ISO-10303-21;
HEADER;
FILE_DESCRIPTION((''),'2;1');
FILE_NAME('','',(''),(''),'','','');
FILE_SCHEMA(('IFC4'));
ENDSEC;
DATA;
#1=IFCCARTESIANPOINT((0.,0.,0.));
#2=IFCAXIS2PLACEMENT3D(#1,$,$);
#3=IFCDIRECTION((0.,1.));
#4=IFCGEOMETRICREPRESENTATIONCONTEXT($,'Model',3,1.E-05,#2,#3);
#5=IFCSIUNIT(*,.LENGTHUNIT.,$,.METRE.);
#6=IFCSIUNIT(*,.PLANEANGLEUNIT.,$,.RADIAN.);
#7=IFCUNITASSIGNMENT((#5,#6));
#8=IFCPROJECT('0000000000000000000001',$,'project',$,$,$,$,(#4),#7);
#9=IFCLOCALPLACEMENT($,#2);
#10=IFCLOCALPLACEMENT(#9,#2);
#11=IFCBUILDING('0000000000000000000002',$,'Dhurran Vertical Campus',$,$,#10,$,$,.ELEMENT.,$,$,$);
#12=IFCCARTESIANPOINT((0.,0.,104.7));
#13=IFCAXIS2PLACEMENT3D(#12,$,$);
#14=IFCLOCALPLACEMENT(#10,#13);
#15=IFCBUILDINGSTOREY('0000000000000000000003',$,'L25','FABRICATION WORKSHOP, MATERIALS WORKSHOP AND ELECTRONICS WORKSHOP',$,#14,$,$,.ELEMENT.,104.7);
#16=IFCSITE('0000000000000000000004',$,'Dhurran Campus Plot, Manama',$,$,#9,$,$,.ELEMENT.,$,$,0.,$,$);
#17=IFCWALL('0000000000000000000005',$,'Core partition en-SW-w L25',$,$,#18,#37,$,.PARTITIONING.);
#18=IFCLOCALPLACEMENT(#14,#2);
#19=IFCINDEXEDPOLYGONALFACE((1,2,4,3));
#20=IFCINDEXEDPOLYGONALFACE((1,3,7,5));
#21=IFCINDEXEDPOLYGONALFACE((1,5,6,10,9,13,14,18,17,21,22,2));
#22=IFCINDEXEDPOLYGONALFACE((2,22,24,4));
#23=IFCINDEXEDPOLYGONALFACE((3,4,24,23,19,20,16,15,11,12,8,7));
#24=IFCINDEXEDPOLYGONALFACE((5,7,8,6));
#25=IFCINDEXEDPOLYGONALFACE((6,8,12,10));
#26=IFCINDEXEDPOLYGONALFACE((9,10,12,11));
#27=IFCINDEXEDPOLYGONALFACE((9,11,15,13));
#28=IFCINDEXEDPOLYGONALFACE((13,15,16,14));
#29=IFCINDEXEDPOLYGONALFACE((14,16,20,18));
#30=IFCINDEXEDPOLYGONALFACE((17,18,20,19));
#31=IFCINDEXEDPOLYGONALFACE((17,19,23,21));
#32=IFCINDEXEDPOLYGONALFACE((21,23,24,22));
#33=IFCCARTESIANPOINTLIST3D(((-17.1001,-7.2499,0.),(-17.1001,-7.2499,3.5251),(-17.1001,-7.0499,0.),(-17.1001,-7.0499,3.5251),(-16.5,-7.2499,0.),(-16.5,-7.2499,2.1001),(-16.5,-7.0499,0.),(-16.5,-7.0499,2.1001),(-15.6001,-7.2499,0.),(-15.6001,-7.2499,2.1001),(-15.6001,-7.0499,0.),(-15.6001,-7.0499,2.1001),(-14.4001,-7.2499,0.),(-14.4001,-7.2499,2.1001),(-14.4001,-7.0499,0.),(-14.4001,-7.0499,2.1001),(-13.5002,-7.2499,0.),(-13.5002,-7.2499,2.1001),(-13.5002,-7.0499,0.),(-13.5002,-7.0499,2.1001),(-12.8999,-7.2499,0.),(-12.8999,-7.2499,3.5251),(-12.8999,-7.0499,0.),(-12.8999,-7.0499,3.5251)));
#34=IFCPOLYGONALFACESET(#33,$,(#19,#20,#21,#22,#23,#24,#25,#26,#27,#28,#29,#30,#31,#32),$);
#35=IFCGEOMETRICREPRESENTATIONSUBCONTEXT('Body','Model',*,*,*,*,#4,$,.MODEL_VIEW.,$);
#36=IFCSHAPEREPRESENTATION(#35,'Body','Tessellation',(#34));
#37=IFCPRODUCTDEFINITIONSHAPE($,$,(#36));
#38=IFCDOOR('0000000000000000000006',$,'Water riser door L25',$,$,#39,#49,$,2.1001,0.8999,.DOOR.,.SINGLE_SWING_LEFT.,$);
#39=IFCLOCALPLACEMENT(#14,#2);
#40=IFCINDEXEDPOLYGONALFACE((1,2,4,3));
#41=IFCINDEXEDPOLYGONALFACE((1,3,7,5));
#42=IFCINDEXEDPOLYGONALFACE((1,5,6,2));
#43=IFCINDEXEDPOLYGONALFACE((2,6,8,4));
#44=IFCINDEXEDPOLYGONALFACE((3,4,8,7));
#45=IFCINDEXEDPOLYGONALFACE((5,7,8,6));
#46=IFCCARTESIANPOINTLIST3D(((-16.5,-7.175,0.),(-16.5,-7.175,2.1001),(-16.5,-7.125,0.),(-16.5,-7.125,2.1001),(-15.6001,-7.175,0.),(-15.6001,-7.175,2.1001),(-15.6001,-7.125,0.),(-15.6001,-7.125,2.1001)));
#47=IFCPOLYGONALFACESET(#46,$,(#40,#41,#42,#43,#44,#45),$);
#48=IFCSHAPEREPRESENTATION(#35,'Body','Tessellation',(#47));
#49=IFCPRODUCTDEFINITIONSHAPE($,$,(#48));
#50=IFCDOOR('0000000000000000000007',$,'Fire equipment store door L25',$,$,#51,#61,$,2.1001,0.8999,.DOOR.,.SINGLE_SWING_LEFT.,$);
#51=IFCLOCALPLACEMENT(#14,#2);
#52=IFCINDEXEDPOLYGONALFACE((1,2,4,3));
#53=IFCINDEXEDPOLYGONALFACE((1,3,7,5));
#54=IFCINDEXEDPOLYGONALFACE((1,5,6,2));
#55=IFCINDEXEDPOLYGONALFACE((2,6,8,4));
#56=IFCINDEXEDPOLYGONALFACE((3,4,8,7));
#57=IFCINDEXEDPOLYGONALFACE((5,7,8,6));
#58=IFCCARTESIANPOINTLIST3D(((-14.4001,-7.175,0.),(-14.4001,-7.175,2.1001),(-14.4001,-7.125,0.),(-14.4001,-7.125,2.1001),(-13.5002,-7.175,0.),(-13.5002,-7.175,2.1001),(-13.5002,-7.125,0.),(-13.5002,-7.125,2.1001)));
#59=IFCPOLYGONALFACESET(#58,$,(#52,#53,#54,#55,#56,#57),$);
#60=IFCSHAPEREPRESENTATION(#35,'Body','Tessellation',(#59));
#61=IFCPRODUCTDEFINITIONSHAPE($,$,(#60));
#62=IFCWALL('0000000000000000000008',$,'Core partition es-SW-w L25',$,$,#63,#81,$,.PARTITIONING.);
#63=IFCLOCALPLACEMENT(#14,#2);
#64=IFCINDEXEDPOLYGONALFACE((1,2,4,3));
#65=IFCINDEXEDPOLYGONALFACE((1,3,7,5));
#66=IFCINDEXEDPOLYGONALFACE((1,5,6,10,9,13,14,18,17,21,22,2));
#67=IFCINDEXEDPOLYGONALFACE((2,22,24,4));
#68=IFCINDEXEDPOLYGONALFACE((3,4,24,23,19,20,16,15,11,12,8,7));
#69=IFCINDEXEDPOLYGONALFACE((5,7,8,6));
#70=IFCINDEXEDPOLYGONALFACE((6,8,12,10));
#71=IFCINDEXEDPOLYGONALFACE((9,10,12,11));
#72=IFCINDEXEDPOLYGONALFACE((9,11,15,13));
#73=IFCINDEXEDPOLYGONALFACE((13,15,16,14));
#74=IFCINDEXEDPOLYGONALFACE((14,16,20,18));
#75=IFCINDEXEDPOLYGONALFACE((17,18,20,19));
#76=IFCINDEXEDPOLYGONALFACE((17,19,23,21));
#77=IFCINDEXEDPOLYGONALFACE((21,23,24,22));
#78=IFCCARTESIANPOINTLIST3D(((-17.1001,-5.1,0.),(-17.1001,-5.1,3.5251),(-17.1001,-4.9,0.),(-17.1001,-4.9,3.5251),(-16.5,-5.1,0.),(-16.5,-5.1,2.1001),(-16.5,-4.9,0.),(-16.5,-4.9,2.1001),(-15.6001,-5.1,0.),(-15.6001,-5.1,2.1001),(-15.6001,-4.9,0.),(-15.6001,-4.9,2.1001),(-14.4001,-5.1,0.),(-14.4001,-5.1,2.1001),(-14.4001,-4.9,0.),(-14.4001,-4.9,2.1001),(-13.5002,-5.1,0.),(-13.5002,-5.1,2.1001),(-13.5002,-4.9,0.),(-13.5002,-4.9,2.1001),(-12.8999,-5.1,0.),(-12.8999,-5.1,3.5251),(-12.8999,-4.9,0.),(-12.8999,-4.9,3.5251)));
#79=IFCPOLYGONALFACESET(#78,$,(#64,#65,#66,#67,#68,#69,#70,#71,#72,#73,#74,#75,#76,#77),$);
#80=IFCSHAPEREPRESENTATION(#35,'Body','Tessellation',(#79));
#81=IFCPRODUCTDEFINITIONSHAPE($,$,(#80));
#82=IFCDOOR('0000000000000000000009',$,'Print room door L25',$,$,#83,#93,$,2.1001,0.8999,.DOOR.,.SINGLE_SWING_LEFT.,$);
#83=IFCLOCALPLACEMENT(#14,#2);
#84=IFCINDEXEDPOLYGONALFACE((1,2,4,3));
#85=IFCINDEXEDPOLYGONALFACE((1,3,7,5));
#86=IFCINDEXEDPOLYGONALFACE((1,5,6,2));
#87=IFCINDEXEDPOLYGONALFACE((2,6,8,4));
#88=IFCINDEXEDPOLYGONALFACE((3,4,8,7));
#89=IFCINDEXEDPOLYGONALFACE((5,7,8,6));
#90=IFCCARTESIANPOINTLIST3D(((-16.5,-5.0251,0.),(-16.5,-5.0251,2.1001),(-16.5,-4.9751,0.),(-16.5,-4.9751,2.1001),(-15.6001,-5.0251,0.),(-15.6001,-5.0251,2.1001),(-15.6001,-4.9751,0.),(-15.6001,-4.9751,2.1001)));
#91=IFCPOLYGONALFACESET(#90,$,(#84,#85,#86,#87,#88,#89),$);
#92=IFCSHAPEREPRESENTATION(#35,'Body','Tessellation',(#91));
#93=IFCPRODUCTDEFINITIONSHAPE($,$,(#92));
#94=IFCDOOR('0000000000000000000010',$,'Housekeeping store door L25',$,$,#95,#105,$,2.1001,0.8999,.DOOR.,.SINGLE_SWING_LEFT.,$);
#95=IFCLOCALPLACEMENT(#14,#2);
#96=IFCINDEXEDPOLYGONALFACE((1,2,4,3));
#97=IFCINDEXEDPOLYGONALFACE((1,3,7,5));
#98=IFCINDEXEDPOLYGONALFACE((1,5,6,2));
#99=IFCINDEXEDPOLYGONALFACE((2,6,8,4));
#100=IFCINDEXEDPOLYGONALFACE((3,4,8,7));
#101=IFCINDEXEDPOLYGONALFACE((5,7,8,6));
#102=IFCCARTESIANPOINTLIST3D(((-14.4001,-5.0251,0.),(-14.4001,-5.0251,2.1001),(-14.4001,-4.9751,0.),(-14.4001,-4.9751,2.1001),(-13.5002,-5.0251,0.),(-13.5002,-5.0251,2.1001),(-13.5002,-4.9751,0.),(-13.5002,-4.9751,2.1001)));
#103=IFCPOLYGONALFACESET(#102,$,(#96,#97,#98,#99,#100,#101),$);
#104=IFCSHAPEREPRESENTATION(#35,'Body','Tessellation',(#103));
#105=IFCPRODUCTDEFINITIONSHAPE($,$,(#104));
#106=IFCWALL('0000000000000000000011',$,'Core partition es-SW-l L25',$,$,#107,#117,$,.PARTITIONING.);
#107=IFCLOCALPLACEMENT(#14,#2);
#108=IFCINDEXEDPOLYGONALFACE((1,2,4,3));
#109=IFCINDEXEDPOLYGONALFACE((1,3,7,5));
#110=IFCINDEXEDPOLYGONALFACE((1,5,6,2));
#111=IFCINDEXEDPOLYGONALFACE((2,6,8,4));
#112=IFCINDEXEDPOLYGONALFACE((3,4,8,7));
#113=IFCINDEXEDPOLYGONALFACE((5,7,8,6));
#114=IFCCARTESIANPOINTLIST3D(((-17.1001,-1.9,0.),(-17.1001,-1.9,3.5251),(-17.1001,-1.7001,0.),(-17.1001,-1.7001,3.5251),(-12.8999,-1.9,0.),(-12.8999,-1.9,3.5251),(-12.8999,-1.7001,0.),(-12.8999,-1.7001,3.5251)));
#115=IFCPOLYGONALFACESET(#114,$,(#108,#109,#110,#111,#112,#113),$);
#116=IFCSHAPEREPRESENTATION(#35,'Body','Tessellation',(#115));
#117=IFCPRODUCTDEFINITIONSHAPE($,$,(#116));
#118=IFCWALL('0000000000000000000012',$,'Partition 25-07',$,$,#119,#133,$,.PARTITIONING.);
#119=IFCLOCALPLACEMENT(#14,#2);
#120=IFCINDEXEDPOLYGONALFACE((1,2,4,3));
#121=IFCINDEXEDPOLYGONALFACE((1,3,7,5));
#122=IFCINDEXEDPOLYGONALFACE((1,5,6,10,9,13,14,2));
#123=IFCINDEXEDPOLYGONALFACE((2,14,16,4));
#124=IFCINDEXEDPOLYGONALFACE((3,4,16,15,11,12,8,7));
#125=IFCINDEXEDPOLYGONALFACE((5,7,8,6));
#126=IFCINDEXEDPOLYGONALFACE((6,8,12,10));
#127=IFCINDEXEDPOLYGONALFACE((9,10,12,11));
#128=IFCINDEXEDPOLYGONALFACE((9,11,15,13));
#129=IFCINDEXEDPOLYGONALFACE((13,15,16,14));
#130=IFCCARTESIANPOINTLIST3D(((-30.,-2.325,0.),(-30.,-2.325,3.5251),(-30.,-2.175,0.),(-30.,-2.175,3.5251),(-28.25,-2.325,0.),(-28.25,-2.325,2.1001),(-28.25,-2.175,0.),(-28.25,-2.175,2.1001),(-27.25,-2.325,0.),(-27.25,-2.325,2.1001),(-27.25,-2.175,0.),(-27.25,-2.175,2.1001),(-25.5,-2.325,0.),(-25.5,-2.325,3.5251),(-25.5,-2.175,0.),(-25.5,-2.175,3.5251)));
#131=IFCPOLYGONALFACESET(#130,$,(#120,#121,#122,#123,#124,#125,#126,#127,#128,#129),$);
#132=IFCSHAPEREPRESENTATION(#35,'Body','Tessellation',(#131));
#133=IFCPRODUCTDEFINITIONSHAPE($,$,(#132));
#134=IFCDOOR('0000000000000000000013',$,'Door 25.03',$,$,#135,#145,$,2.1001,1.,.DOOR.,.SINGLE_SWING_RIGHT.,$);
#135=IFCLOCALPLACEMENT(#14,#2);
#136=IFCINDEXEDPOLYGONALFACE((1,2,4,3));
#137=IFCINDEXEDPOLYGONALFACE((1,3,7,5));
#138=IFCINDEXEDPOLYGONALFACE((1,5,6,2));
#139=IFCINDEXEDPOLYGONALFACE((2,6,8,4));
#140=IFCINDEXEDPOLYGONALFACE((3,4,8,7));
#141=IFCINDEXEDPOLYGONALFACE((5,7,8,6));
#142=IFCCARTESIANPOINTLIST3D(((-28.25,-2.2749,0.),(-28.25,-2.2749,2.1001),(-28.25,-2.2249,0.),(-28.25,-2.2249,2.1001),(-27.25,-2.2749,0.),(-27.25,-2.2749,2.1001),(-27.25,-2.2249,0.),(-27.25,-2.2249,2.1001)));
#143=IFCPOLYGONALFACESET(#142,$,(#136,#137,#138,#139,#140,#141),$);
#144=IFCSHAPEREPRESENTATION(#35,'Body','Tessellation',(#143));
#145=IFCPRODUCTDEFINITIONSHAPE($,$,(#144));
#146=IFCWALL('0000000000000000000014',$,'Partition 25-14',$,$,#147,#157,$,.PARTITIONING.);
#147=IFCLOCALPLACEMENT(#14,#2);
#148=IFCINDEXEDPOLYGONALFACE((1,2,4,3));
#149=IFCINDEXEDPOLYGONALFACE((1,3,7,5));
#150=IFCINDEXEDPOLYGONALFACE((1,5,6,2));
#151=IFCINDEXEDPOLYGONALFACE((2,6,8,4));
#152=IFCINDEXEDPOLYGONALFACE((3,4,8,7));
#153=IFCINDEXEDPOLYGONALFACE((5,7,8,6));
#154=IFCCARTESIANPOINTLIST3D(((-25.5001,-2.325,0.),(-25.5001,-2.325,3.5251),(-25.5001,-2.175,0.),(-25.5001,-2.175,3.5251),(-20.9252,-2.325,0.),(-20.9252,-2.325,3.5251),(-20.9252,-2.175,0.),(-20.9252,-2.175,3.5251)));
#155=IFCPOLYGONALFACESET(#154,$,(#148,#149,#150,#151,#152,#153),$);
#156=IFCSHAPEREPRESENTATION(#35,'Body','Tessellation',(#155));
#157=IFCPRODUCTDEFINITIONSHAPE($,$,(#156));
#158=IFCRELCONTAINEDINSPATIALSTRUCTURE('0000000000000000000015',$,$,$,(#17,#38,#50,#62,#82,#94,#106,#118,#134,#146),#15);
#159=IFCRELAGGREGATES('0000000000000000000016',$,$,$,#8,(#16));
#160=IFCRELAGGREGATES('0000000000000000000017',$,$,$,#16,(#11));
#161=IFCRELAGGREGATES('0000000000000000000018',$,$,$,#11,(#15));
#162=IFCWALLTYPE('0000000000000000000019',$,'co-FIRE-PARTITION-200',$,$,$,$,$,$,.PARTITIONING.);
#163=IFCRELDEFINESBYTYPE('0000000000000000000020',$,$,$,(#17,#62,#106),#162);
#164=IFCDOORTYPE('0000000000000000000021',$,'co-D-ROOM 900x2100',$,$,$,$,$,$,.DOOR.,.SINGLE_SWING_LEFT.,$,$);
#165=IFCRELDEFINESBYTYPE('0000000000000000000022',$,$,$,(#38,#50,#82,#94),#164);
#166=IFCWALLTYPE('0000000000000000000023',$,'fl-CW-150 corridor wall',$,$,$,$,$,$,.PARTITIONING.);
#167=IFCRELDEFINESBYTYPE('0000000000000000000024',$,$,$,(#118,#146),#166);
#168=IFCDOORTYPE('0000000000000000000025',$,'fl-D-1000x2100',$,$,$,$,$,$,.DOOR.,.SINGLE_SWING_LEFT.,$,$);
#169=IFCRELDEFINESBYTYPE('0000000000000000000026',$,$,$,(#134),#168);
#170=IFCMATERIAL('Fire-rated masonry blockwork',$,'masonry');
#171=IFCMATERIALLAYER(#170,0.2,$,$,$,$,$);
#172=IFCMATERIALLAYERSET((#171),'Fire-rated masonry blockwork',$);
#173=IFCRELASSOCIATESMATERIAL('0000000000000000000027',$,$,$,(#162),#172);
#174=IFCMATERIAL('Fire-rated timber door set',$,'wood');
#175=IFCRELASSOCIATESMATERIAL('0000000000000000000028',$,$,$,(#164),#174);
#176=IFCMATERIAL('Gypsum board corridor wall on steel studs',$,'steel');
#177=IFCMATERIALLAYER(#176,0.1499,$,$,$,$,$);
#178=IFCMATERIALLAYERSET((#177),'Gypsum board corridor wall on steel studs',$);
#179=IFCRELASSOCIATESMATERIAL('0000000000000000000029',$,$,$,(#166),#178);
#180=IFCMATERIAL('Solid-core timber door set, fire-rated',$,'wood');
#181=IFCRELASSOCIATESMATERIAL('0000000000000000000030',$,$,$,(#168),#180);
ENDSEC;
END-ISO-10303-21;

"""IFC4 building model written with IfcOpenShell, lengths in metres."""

from ifc_helpers import new_model, si_unit, direction, frame, frame_2d, origin, place, context, subcontext, project, spatial, rectangle, extrude, material, layer, layer_set, type_object, element, fill, save


model = new_model("IFC4")

# Units and contexts
model_context = context("Model", 3, precision=1e-05, world=origin(), true_north=direction((0.0, 1.0)))
body_context = subcontext(model_context, "Body", "Model", "MODEL_VIEW")
ifc_project = project(units=[si_unit("LENGTHUNIT", "METRE"), si_unit("PLANEANGLEUNIT", "RADIAN")], contexts=[model_context])

# Site, building, storey
site_placement = place(None, origin())
site = spatial("IfcSite", under=ifc_project, at=site_placement, Name="Dhurran Campus Plot, Manama", CompositionType="ELEMENT", RefElevation=0.0)
building_placement = place(site_placement, origin())
building = spatial("IfcBuilding", under=site, at=building_placement, Name="Dhurran Vertical Campus", CompositionType="ELEMENT")
storey_placement = place(building_placement, frame((0.0, 0.0, 104.7)))
storey = spatial("IfcBuildingStorey", under=building, at=storey_placement, Name="L25", Description="FABRICATION WORKSHOP, MATERIALS WORKSHOP AND ELECTRONICS WORKSHOP", CompositionType="ELEMENT", Elevation=104.7)

# Walls, openings, doors
ifc_material_1 = material(Name="Fire-rated masonry blockwork", Category="masonry")
ifc_layer_1 = layer(ifc_material_1, 0.2)
ifc_layer_set_1 = layer_set([ifc_layer_1], Name="Fire-rated masonry blockwork")
wall_type_1 = type_object("IfcWallType", Name="co-FIRE-PARTITION-200", PredefinedType="PARTITIONING", material=ifc_layer_set_1)
wall_1_placement = place(storey_placement, frame((-17.1001, -7.1499, 0.0), z_axis=(0.0, 0.0, 1.0), x_axis=(1.0, 0.0, 0.0)))
wall_1 = element("IfcWall", 1, at=wall_1_placement, inside=storey, type_object=wall_type_1, Name="Core partition en-SW-w L25", PredefinedType="PARTITIONING", context=body_context, shape_type="SweptSolid", body=[
    extrude(rectangle(XDim=4.2002, YDim=0.2, at=frame_2d((2.1001, 0.0))), origin(), (0.0, 0.0, 1.0), 3.5251),
])
opening_1_placement = place(wall_1_placement, frame((0.6001, 0.0, 0.0)))
opening_1 = element("IfcOpeningElement", 2, at=opening_1_placement, cuts=wall_1, PredefinedType="OPENING", context=body_context, shape_type="SweptSolid", body=[
    extrude(rectangle(XDim=0.8999, YDim=2.1001, at=frame_2d((0.45, 1.05))), frame((0.0, 0.1099, 0.0), z_axis=(0.0, -1.0, 0.0), x_axis=(1.0, 0.0, 0.0)), (0.0, 0.0, 1.0), 0.22),
])
opening_2_placement = place(wall_1_placement, frame((2.7, 0.0, 0.0)))
opening_2 = element("IfcOpeningElement", 3, at=opening_2_placement, cuts=wall_1, PredefinedType="OPENING", context=body_context, shape_type="SweptSolid", body=[
    extrude(rectangle(XDim=0.8999, YDim=2.1001, at=frame_2d((0.45, 1.05))), frame((0.0, 0.1099, 0.0), z_axis=(0.0, -1.0, 0.0), x_axis=(1.0, 0.0, 0.0)), (0.0, 0.0, 1.0), 0.22),
])
ifc_material_2 = material(Name="Fire-rated timber door set", Category="wood")
door_type_1 = type_object("IfcDoorType", Name="co-D-ROOM 900x2100", OperationType="SINGLE_SWING_LEFT", PredefinedType="DOOR", material=ifc_material_2)
door_1_placement = place(opening_1_placement, origin())
door_1 = element("IfcDoor", 4, at=door_1_placement, inside=storey, type_object=door_type_1, Name="Water riser door L25", OperationType="SINGLE_SWING_LEFT", OverallHeight=2.1001, OverallWidth=0.8999, PredefinedType="DOOR", context=body_context, shape_type="SweptSolid", body=[
    extrude(rectangle(XDim=0.8999, YDim=2.1001, at=frame_2d((0.45, 1.05))), frame((0.0, 0.0249, 0.0), z_axis=(0.0, -1.0, 0.0), x_axis=(1.0, 0.0, 0.0)), (0.0, 0.0, 1.0), 0.05),
])
fill(opening_1, door_1)
door_2_placement = place(opening_2_placement, origin())
door_2 = element("IfcDoor", 5, at=door_2_placement, inside=storey, type_object=door_type_1, Name="Fire equipment store door L25", OperationType="SINGLE_SWING_LEFT", OverallHeight=2.1001, OverallWidth=0.8999, PredefinedType="DOOR", context=body_context, shape_type="SweptSolid", body=[
    extrude(rectangle(XDim=0.8999, YDim=2.1001, at=frame_2d((0.45, 1.05))), frame((0.0, 0.0249, 0.0), z_axis=(0.0, -1.0, 0.0), x_axis=(1.0, 0.0, 0.0)), (0.0, 0.0, 1.0), 0.05),
])
fill(opening_2, door_2)
wall_2_placement = place(storey_placement, frame((-17.1001, -5.0, 0.0), z_axis=(0.0, 0.0, 1.0), x_axis=(1.0, 0.0, 0.0)))
wall_2 = element("IfcWall", 6, at=wall_2_placement, inside=storey, type_object=wall_type_1, Name="Core partition es-SW-w L25", PredefinedType="PARTITIONING", context=body_context, shape_type="SweptSolid", body=[
    extrude(rectangle(XDim=4.2002, YDim=0.2, at=frame_2d((2.1001, 0.0))), origin(), (0.0, 0.0, 1.0), 3.5251),
])
opening_3_placement = place(wall_2_placement, frame((0.6001, 0.0, 0.0)))
opening_3 = element("IfcOpeningElement", 7, at=opening_3_placement, cuts=wall_2, PredefinedType="OPENING", context=body_context, shape_type="SweptSolid", body=[
    extrude(rectangle(XDim=0.8999, YDim=2.1001, at=frame_2d((0.45, 1.05))), frame((0.0, 0.1099, 0.0), z_axis=(0.0, -1.0, 0.0), x_axis=(1.0, 0.0, 0.0)), (0.0, 0.0, 1.0), 0.22),
])
opening_4_placement = place(wall_2_placement, frame((2.7, 0.0, 0.0)))
opening_4 = element("IfcOpeningElement", 8, at=opening_4_placement, cuts=wall_2, PredefinedType="OPENING", context=body_context, shape_type="SweptSolid", body=[
    extrude(rectangle(XDim=0.8999, YDim=2.1001, at=frame_2d((0.45, 1.05))), frame((0.0, 0.1099, 0.0), z_axis=(0.0, -1.0, 0.0), x_axis=(1.0, 0.0, 0.0)), (0.0, 0.0, 1.0), 0.22),
])
door_3_placement = place(opening_3_placement, origin())
door_3 = element("IfcDoor", 9, at=door_3_placement, inside=storey, type_object=door_type_1, Name="Print room door L25", OperationType="SINGLE_SWING_LEFT", OverallHeight=2.1001, OverallWidth=0.8999, PredefinedType="DOOR", context=body_context, shape_type="SweptSolid", body=[
    extrude(rectangle(XDim=0.8999, YDim=2.1001, at=frame_2d((0.45, 1.05))), frame((0.0, 0.0249, 0.0), z_axis=(0.0, -1.0, 0.0), x_axis=(1.0, 0.0, 0.0)), (0.0, 0.0, 1.0), 0.05),
])
fill(opening_3, door_3)
door_4_placement = place(opening_4_placement, origin())
door_4 = element("IfcDoor", 10, at=door_4_placement, inside=storey, type_object=door_type_1, Name="Housekeeping store door L25", OperationType="SINGLE_SWING_LEFT", OverallHeight=2.1001, OverallWidth=0.8999, PredefinedType="DOOR", context=body_context, shape_type="SweptSolid", body=[
    extrude(rectangle(XDim=0.8999, YDim=2.1001, at=frame_2d((0.45, 1.05))), frame((0.0, 0.0249, 0.0), z_axis=(0.0, -1.0, 0.0), x_axis=(1.0, 0.0, 0.0)), (0.0, 0.0, 1.0), 0.05),
])
fill(opening_4, door_4)

# Wall
wall_3_placement = place(storey_placement, frame((-17.1001, -1.8, 0.0), z_axis=(0.0, 0.0, 1.0), x_axis=(1.0, 0.0, 0.0)))
element("IfcWall", 11, at=wall_3_placement, inside=storey, type_object=wall_type_1, Name="Core partition es-SW-l L25", PredefinedType="PARTITIONING", context=body_context, shape_type="SweptSolid", body=[
    extrude(rectangle(XDim=4.2002, YDim=0.2, at=frame_2d((2.1001, 0.0))), origin(), (0.0, 0.0, 1.0), 3.5251),
])

# Wall, opening, door
ifc_material_3 = material(Name="Gypsum board corridor wall on steel studs", Category="steel")
ifc_layer_2 = layer(ifc_material_3, 0.1499)
ifc_layer_set_2 = layer_set([ifc_layer_2], Name="Gypsum board corridor wall on steel studs")
wall_type_2 = type_object("IfcWallType", Name="fl-CW-150 corridor wall", PredefinedType="PARTITIONING", material=ifc_layer_set_2)
wall_4_placement = place(storey_placement, frame((-25.5, -2.25, 0.0), z_axis=(0.0, 0.0, 1.0), x_axis=(-1.0, 0.0, 0.0)))
wall_4 = element("IfcWall", 12, at=wall_4_placement, inside=storey, type_object=wall_type_2, Name="Partition 25-07", PredefinedType="PARTITIONING", context=body_context, shape_type="SweptSolid", body=[
    extrude(rectangle(XDim=4.5, YDim=0.1499, at=frame_2d((2.25, 0.0))), origin(), (0.0, 0.0, 1.0), 3.5251),
])
opening_5_placement = place(wall_4_placement, frame((1.75, 0.0, 0.0)))
opening_5 = element("IfcOpeningElement", 13, at=opening_5_placement, cuts=wall_4, PredefinedType="OPENING", context=body_context, shape_type="SweptSolid", body=[
    extrude(rectangle(XDim=1.0, YDim=2.1001, at=frame_2d((0.5, 1.05))), frame((0.0, 0.085, 0.0), z_axis=(0.0, -1.0, 0.0), x_axis=(1.0, 0.0, 0.0)), (0.0, 0.0, 1.0), 0.1699),
])
ifc_material_4 = material(Name="Solid-core timber door set, fire-rated", Category="wood")
door_type_2 = type_object("IfcDoorType", Name="fl-D-1000x2100", OperationType="SINGLE_SWING_LEFT", PredefinedType="DOOR", material=ifc_material_4)
door_5_placement = place(opening_5_placement, origin())
door_5 = element("IfcDoor", 14, at=door_5_placement, inside=storey, type_object=door_type_2, Name="Door 25.03", OperationType="SINGLE_SWING_RIGHT", OverallHeight=2.1001, OverallWidth=1.0, PredefinedType="DOOR", context=body_context, shape_type="SweptSolid", body=[
    extrude(rectangle(XDim=1.0, YDim=2.1001, at=frame_2d((0.5, 1.05))), frame((0.0, 0.0249, 0.0), z_axis=(0.0, -1.0, 0.0), x_axis=(1.0, 0.0, 0.0)), (0.0, 0.0, 1.0), 0.05),
])
fill(opening_5, door_5)

# Wall
wall_5_placement = place(storey_placement, frame((-20.925, -2.25, 0.0), z_axis=(0.0, 0.0, 1.0), x_axis=(-1.0, 0.0, 0.0)))
element("IfcWall", 15, at=wall_5_placement, inside=storey, type_object=wall_type_2, Name="Partition 25-14", PredefinedType="PARTITIONING", context=body_context, shape_type="SweptSolid", body=[
    extrude(rectangle(XDim=4.575, YDim=0.1499, at=frame_2d((2.2876, 0.0))), origin(), (0.0, 0.0, 1.0), 3.5251),
])

save(model, "model.ifc")
